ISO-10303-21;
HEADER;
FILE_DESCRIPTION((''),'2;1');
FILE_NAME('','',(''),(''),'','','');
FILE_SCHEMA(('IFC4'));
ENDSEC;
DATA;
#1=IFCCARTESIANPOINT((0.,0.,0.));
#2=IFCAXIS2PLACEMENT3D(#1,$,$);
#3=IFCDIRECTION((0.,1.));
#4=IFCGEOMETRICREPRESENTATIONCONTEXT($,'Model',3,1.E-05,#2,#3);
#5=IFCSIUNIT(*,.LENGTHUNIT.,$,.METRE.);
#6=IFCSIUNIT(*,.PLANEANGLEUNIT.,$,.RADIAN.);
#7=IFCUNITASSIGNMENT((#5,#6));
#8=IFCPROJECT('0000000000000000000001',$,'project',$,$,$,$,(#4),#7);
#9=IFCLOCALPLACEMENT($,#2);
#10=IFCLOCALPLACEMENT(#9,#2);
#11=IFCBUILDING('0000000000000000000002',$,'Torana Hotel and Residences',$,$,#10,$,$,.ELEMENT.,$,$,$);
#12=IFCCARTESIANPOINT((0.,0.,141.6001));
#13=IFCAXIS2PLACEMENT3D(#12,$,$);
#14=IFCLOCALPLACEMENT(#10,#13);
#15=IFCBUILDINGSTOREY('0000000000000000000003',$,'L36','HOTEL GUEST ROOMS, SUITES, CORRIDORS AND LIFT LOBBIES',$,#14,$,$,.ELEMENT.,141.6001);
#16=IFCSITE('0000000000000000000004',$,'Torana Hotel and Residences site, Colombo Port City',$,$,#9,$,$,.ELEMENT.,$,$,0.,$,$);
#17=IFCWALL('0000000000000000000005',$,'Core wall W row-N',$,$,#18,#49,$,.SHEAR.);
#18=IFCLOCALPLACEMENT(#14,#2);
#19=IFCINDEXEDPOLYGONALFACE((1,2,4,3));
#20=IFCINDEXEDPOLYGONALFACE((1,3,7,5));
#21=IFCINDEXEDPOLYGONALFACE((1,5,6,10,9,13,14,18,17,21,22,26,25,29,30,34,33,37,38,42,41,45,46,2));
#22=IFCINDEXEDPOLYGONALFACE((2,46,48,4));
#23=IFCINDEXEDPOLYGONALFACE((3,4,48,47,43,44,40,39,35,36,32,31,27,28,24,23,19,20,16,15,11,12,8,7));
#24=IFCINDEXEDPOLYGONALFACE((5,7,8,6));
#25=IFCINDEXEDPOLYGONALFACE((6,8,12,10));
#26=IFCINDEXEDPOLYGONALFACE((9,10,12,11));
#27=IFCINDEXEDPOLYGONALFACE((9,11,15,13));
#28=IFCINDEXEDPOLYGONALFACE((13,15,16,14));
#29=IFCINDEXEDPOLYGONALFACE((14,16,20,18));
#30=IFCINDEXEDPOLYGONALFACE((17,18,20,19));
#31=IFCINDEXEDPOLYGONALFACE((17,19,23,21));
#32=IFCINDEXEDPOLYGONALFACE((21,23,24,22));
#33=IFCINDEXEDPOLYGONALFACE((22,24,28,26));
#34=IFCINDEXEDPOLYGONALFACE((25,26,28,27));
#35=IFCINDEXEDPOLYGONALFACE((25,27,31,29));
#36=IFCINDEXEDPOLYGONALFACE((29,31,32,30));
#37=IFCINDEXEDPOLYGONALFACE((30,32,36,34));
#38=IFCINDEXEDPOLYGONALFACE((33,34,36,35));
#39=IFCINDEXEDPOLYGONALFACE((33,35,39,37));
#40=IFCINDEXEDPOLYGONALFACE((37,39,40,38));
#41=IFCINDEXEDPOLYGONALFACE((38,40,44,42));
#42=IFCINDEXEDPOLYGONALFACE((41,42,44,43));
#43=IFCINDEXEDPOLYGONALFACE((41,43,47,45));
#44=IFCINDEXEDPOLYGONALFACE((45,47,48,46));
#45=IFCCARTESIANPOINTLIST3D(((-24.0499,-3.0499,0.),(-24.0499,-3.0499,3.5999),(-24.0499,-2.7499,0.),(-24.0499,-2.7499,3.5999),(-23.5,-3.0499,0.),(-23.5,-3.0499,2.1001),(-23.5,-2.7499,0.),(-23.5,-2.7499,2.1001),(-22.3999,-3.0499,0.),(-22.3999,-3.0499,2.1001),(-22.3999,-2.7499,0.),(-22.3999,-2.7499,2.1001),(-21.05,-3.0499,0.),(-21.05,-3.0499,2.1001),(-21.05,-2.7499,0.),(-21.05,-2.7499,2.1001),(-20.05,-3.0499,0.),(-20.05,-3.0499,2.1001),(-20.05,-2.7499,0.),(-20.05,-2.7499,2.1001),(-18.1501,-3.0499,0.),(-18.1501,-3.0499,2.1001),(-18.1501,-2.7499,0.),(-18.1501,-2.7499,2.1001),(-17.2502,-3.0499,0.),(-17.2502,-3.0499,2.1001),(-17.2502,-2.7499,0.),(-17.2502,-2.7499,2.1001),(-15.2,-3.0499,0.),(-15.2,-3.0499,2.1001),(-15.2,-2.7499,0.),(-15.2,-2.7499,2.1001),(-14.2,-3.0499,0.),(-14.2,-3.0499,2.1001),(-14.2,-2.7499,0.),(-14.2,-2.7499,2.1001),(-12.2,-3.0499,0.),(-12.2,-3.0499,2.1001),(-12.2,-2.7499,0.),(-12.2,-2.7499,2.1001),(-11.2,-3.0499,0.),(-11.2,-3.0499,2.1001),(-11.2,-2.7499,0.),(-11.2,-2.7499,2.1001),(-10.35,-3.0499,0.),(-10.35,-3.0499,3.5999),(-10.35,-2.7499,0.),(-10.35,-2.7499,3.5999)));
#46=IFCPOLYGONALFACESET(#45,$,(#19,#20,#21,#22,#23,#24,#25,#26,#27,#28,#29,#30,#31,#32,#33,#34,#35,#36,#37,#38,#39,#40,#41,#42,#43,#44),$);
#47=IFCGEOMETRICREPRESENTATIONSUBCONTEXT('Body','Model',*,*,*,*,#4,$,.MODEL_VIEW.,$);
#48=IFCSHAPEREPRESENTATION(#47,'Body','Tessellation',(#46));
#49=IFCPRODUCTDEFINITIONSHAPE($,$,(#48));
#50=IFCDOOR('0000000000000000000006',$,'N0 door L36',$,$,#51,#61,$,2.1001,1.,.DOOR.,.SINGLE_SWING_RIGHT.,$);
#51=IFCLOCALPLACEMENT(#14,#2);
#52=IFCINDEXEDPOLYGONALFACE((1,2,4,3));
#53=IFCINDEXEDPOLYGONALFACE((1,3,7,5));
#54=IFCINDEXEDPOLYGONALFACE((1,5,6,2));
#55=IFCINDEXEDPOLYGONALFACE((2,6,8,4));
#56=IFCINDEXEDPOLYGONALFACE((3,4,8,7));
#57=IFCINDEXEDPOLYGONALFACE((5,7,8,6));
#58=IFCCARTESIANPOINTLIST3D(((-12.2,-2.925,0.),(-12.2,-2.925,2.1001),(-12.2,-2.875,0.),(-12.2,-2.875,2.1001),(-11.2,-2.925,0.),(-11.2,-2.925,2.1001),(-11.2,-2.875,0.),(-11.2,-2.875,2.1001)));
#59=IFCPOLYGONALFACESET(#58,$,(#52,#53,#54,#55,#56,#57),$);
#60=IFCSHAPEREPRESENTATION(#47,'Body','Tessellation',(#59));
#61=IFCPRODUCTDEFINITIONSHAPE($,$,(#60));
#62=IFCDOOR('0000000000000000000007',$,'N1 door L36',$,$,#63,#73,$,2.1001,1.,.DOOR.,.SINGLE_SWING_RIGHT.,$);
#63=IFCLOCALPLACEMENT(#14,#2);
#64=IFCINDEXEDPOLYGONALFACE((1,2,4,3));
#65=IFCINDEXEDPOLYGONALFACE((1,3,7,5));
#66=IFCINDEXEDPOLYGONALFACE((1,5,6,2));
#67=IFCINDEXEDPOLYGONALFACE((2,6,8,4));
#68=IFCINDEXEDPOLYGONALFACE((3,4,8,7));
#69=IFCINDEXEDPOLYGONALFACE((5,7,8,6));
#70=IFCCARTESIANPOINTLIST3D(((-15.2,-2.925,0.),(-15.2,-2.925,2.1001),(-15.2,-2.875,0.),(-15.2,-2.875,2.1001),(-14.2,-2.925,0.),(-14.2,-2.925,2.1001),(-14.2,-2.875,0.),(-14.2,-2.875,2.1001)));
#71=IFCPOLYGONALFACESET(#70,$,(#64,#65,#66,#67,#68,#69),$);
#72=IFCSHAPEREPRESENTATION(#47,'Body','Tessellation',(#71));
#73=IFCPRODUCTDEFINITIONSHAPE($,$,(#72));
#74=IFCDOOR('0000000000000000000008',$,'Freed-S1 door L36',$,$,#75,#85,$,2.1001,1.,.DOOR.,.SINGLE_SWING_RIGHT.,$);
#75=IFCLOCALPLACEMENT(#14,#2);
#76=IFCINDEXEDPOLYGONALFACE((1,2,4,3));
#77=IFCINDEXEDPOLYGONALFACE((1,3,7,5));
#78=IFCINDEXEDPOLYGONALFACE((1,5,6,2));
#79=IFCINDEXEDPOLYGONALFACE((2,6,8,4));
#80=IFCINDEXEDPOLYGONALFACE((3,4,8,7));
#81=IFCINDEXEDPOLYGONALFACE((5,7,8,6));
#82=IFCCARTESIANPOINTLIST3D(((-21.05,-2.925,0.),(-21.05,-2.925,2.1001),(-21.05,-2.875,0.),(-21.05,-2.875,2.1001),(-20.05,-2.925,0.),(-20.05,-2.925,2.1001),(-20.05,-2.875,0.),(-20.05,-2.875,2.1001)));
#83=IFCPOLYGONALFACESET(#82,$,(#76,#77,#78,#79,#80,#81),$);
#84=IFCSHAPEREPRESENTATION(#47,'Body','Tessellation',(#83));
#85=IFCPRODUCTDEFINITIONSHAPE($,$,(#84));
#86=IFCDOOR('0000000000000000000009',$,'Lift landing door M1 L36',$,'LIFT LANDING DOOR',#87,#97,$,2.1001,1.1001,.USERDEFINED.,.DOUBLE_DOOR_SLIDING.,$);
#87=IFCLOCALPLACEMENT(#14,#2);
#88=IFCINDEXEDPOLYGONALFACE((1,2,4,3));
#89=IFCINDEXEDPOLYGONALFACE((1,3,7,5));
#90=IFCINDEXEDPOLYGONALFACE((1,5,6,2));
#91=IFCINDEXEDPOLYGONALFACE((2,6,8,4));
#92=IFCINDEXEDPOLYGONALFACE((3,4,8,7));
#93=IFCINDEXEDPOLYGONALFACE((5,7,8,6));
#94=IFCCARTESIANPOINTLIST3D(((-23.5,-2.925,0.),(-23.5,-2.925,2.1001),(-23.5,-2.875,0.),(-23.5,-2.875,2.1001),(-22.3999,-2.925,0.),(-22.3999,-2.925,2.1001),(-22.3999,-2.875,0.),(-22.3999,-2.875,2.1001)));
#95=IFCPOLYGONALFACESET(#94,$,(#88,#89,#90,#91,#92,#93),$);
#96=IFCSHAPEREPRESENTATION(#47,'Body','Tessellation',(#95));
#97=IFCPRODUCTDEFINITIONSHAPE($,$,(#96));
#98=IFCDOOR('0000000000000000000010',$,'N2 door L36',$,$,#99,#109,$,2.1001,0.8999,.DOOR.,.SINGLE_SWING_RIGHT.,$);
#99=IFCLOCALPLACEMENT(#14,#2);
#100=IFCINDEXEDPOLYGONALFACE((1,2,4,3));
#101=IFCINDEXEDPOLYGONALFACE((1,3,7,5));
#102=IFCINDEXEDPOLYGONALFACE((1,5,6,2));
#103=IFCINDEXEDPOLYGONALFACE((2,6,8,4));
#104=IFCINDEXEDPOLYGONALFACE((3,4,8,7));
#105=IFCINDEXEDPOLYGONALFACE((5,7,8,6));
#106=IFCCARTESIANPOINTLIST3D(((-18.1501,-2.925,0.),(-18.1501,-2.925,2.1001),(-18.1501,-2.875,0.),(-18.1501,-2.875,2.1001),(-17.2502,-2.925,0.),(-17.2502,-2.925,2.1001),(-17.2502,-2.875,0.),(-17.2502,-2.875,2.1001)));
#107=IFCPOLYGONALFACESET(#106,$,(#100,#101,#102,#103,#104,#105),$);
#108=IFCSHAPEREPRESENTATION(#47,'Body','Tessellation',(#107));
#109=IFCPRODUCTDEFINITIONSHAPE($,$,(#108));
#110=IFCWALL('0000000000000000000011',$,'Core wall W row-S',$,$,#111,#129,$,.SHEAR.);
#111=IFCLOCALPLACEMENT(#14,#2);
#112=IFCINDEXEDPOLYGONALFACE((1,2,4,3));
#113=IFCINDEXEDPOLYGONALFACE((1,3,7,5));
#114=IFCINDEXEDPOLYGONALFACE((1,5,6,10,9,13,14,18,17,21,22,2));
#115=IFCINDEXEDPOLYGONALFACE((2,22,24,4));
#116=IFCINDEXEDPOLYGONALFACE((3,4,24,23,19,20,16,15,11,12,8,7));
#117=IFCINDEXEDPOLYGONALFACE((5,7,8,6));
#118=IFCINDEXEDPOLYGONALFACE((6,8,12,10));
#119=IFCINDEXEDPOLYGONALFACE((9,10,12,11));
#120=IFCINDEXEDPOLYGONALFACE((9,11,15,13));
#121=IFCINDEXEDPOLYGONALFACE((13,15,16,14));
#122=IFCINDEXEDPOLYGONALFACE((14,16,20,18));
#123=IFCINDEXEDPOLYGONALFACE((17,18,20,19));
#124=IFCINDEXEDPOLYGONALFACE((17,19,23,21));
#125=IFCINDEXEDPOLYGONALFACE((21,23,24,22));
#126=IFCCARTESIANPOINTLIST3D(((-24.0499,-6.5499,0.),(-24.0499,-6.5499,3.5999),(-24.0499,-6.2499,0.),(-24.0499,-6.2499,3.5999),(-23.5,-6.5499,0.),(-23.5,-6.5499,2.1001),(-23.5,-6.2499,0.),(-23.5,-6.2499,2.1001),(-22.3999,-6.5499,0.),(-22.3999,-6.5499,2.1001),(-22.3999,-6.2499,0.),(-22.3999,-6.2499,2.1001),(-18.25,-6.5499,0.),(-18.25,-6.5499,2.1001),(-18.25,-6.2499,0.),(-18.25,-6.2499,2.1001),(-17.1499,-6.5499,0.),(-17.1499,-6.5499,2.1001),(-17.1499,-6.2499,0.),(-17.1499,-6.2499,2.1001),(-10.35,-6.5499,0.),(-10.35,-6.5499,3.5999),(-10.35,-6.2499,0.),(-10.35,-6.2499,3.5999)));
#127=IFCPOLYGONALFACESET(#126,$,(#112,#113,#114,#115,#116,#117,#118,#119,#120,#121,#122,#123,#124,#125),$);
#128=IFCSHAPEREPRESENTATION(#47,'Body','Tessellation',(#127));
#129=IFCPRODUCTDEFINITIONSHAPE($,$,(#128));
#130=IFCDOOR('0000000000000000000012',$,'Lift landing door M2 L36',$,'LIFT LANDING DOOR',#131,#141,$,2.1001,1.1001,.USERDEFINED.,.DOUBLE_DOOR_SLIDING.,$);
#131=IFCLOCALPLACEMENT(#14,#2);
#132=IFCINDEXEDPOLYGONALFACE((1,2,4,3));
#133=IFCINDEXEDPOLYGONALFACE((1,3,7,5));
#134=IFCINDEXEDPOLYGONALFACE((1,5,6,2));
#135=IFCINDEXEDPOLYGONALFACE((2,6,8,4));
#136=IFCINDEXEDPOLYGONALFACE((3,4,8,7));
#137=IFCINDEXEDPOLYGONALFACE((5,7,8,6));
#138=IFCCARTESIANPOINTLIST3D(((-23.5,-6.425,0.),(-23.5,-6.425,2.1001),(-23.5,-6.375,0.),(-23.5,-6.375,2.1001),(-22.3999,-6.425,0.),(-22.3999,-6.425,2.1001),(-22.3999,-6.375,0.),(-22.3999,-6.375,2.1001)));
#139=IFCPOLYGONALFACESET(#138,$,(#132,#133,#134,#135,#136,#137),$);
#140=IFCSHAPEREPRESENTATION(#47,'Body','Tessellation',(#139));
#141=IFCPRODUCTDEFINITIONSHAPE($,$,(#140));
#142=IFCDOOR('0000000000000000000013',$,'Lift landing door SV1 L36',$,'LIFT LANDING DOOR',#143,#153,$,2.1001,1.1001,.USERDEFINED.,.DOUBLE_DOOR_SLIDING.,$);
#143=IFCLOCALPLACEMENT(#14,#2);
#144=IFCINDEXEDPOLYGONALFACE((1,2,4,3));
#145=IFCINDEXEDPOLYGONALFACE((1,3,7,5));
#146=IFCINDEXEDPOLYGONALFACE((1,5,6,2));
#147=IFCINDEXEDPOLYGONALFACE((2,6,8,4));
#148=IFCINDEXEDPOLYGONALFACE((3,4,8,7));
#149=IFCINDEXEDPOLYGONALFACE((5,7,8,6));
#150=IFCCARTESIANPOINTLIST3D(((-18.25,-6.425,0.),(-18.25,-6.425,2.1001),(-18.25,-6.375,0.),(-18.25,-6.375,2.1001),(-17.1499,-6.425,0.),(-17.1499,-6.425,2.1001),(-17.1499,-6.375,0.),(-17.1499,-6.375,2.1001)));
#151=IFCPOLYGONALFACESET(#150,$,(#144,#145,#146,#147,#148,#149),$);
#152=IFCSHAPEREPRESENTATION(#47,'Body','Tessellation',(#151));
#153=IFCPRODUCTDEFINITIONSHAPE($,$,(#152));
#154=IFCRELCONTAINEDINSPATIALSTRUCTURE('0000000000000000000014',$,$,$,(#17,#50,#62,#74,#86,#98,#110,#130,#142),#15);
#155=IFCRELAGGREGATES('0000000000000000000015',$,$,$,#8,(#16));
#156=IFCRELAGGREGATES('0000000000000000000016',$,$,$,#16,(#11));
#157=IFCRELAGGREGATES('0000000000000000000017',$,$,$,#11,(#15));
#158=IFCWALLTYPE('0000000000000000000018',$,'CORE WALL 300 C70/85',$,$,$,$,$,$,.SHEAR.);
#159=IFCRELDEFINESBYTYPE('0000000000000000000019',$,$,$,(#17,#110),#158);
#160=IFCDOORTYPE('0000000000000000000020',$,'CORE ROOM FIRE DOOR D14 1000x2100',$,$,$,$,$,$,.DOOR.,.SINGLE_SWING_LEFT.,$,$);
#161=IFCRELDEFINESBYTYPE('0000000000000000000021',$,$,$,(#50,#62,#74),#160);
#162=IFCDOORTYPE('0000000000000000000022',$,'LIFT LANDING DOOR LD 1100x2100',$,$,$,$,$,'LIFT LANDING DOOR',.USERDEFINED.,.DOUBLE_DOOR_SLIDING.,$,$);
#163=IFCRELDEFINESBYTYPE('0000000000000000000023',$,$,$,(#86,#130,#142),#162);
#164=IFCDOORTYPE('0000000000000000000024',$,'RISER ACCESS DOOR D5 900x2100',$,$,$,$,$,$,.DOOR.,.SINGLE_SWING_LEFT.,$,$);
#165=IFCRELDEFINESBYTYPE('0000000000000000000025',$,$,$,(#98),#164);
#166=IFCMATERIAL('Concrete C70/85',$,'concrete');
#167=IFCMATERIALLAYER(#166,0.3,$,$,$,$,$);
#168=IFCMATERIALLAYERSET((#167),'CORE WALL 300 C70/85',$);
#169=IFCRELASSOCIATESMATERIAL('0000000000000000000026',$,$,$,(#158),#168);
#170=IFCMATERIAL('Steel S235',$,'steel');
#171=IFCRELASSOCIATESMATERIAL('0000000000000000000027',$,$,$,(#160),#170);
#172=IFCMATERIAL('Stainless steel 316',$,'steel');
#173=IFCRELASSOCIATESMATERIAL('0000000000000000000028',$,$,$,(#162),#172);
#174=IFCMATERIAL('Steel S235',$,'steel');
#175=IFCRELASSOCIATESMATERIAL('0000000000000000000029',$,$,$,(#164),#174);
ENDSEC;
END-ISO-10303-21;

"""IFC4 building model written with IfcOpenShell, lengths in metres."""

from ifc_helpers import new_model, si_unit, direction, frame, frame_2d, origin, place, context, subcontext, project, spatial, rectangle, extrude, material, layer, layer_set, type_object, element, fill, save


model = new_model("IFC4")

# Units and contexts
model_context = context("Model", 3, precision=1e-05, world=origin(), true_north=direction((0.0, 1.0)))
body_context = subcontext(model_context, "Body", "Model", "MODEL_VIEW")
ifc_project = project(units=[si_unit("LENGTHUNIT", "METRE"), si_unit("PLANEANGLEUNIT", "RADIAN")], contexts=[model_context])

# Site, building, storey
site_placement = place(None, origin())
site = spatial("IfcSite", under=ifc_project, at=site_placement, Name="Torana Hotel and Residences site, Colombo Port City", CompositionType="ELEMENT", RefElevation=0.0)
building_placement = place(site_placement, origin())
building = spatial("IfcBuilding", under=site, at=building_placement, Name="Torana Hotel and Residences", CompositionType="ELEMENT")
storey_placement = place(building_placement, frame((0.0, 0.0, 141.6001)))
storey = spatial("IfcBuildingStorey", under=building, at=storey_placement, Name="L36", Description="HOTEL GUEST ROOMS, SUITES, CORRIDORS AND LIFT LOBBIES", CompositionType="ELEMENT", Elevation=141.6001)

# Walls, openings, doors
ifc_material_1 = material(Name="Concrete C70/85", Category="concrete")
ifc_layer_1 = layer(ifc_material_1, 0.3)
ifc_layer_set_1 = layer_set([ifc_layer_1], Name="CORE WALL 300 C70/85")
wall_type_1 = type_object("IfcWallType", Name="CORE WALL 300 C70/85", PredefinedType="SHEAR", material=ifc_layer_set_1)
wall_1_placement = place(storey_placement, frame((-24.05, -2.8999, 0.0), z_axis=(0.0, 0.0, 1.0), x_axis=(1.0, 0.0, 0.0)))
wall_1 = element("IfcWall", 1, at=wall_1_placement, inside=storey, type_object=wall_type_1, Name="Core wall W row-N", PredefinedType="SHEAR", context=body_context, shape_type="SweptSolid", body=[
    extrude(rectangle(XDim=13.7, YDim=0.3, at=frame_2d((6.8501, 0.0))), origin(), (0.0, 0.0, 1.0), 3.5999),
])
opening_1_placement = place(wall_1_placement, frame((0.55, 0.0, 0.0)))
opening_1 = element("IfcOpeningElement", 2, at=opening_1_placement, cuts=wall_1, PredefinedType="OPENING", context=body_context, shape_type="SweptSolid", body=[
    extrude(rectangle(XDim=1.1001, YDim=2.1001, at=frame_2d((0.55, 1.05))), frame((0.0, 0.1599, 0.0), z_axis=(0.0, -1.0, 0.0), x_axis=(1.0, 0.0, 0.0)), (0.0, 0.0, 1.0), 0.3201),
])
opening_2_placement = place(wall_1_placement, frame((5.8999, 0.0, 0.0)))
opening_2 = element("IfcOpeningElement", 3, at=opening_2_placement, cuts=wall_1, PredefinedType="OPENING", context=body_context, shape_type="SweptSolid", body=[
    extrude(rectangle(XDim=0.8999, YDim=2.1001, at=frame_2d((0.45, 1.05))), frame((0.0, 0.1599, 0.0), z_axis=(0.0, -1.0, 0.0), x_axis=(1.0, 0.0, 0.0)), (0.0, 0.0, 1.0), 0.3201),
])
opening_3_placement = place(wall_1_placement, frame((11.8501, 0.0, 0.0)))
opening_3 = element("IfcOpeningElement", 4, at=opening_3_placement, cuts=wall_1, PredefinedType="OPENING", context=body_context, shape_type="SweptSolid", body=[
    extrude(rectangle(XDim=1.0, YDim=2.1001, at=frame_2d((0.5, 1.05))), frame((0.0, 0.1599, 0.0), z_axis=(0.0, -1.0, 0.0), x_axis=(1.0, 0.0, 0.0)), (0.0, 0.0, 1.0), 0.3201),
])
opening_4_placement = place(wall_1_placement, frame((8.8501, 0.0, 0.0)))
opening_4 = element("IfcOpeningElement", 5, at=opening_4_placement, cuts=wall_1, PredefinedType="OPENING", context=body_context, shape_type="SweptSolid", body=[
    extrude(rectangle(XDim=1.0, YDim=2.1001, at=frame_2d((0.5, 1.05))), frame((0.0, 0.1599, 0.0), z_axis=(0.0, -1.0, 0.0), x_axis=(1.0, 0.0, 0.0)), (0.0, 0.0, 1.0), 0.3201),
])
opening_5_placement = place(wall_1_placement, frame((3.0, 0.0, 0.0)))
opening_5 = element("IfcOpeningElement", 6, at=opening_5_placement, cuts=wall_1, PredefinedType="OPENING", context=body_context, shape_type="SweptSolid", body=[
    extrude(rectangle(XDim=1.0, YDim=2.1001, at=frame_2d((0.5, 1.05))), frame((0.0, 0.1599, 0.0), z_axis=(0.0, -1.0, 0.0), x_axis=(1.0, 0.0, 0.0)), (0.0, 0.0, 1.0), 0.3201),
])
ifc_material_2 = material(Name="Steel S235", Category="steel")
door_type_1 = type_object("IfcDoorType", Name="CORE ROOM FIRE DOOR D14 1000x2100", OperationType="SINGLE_SWING_LEFT", PredefinedType="DOOR", material=ifc_material_2)
door_1_placement = place(opening_3_placement, origin())
door_1 = element("IfcDoor", 7, at=door_1_placement, inside=storey, type_object=door_type_1, Name="N0 door L36", OperationType="SINGLE_SWING_RIGHT", OverallHeight=2.1001, OverallWidth=1.0, PredefinedType="DOOR", context=body_context, shape_type="SweptSolid", body=[
    extrude(rectangle(XDim=1.0, YDim=2.1001, at=frame_2d((0.5, 1.05))), frame((0.0, 0.0249, 0.0), z_axis=(0.0, -1.0, 0.0), x_axis=(1.0, 0.0, 0.0)), (0.0, 0.0, 1.0), 0.05),
])
fill(opening_3, door_1)
door_2_placement = place(opening_4_placement, origin())
door_2 = element("IfcDoor", 8, at=door_2_placement, inside=storey, type_object=door_type_1, Name="N1 door L36", OperationType="SINGLE_SWING_RIGHT", OverallHeight=2.1001, OverallWidth=1.0, PredefinedType="DOOR", context=body_context, shape_type="SweptSolid", body=[
    extrude(rectangle(XDim=1.0, YDim=2.1001, at=frame_2d((0.5, 1.05))), frame((0.0, 0.0249, 0.0), z_axis=(0.0, -1.0, 0.0), x_axis=(1.0, 0.0, 0.0)), (0.0, 0.0, 1.0), 0.05),
])
fill(opening_4, door_2)
door_3_placement = place(opening_5_placement, origin())
door_3 = element("IfcDoor", 9, at=door_3_placement, inside=storey, type_object=door_type_1, Name="Freed-S1 door L36", OperationType="SINGLE_SWING_RIGHT", OverallHeight=2.1001, OverallWidth=1.0, PredefinedType="DOOR", context=body_context, shape_type="SweptSolid", body=[
    extrude(rectangle(XDim=1.0, YDim=2.1001, at=frame_2d((0.5, 1.05))), frame((0.0, 0.0249, 0.0), z_axis=(0.0, -1.0, 0.0), x_axis=(1.0, 0.0, 0.0)), (0.0, 0.0, 1.0), 0.05),
])
fill(opening_5, door_3)
ifc_material_3 = material(Name="Stainless steel 316", Category="steel")
door_type_2 = type_object("IfcDoorType", Name="LIFT LANDING DOOR LD 1100x2100", ElementType="LIFT LANDING DOOR", OperationType="DOUBLE_DOOR_SLIDING", PredefinedType="USERDEFINED", material=ifc_material_3)
door_4_placement = place(opening_1_placement, origin())
door_4 = element("IfcDoor", 10, at=door_4_placement, inside=storey, type_object=door_type_2, Name="Lift landing door M1 L36", ObjectType="LIFT LANDING DOOR", OperationType="DOUBLE_DOOR_SLIDING", OverallHeight=2.1001, OverallWidth=1.1001, PredefinedType="USERDEFINED", context=body_context, shape_type="SweptSolid", body=[
    extrude(rectangle(XDim=1.1001, YDim=2.1001, at=frame_2d((0.55, 1.05))), frame((0.0, 0.0249, 0.0), z_axis=(0.0, -1.0, 0.0), x_axis=(1.0, 0.0, 0.0)), (0.0, 0.0, 1.0), 0.05),
])
fill(opening_1, door_4)
ifc_material_4 = material(Name="Steel S235", Category="steel")
door_type_3 = type_object("IfcDoorType", Name="RISER ACCESS DOOR D5 900x2100", OperationType="SINGLE_SWING_LEFT", PredefinedType="DOOR", material=ifc_material_4)
door_5_placement = place(opening_2_placement, origin())
door_5 = element("IfcDoor", 11, at=door_5_placement, inside=storey, type_object=door_type_3, Name="N2 door L36", OperationType="SINGLE_SWING_RIGHT", OverallHeight=2.1001, OverallWidth=0.8999, PredefinedType="DOOR", context=body_context, shape_type="SweptSolid", body=[
    extrude(rectangle(XDim=0.8999, YDim=2.1001, at=frame_2d((0.45, 1.05))), frame((0.0, 0.0249, 0.0), z_axis=(0.0, -1.0, 0.0), x_axis=(1.0, 0.0, 0.0)), (0.0, 0.0, 1.0), 0.05),
])
fill(opening_2, door_5)
wall_2_placement = place(storey_placement, frame((-24.05, -6.3999, 0.0), z_axis=(0.0, 0.0, 1.0), x_axis=(1.0, 0.0, 0.0)))
wall_2 = element("IfcWall", 12, at=wall_2_placement, inside=storey, type_object=wall_type_1, Name="Core wall W row-S", PredefinedType="SHEAR", context=body_context, shape_type="SweptSolid", body=[
    extrude(rectangle(XDim=13.7, YDim=0.3, at=frame_2d((6.8501, 0.0))), origin(), (0.0, 0.0, 1.0), 3.5999),
])
opening_6_placement = place(wall_2_placement, frame((0.55, 0.0, 0.0)))
opening_6 = element("IfcOpeningElement", 13, at=opening_6_placement, cuts=wall_2, PredefinedType="OPENING", context=body_context, shape_type="SweptSolid", body=[
    extrude(rectangle(XDim=1.1001, YDim=2.1001, at=frame_2d((0.55, 1.05))), frame((0.0, 0.1599, 0.0), z_axis=(0.0, -1.0, 0.0), x_axis=(1.0, 0.0, 0.0)), (0.0, 0.0, 1.0), 0.3201),
])
opening_7_placement = place(wall_2_placement, frame((5.8, 0.0, 0.0)))
opening_7 = element("IfcOpeningElement", 14, at=opening_7_placement, cuts=wall_2, PredefinedType="OPENING", context=body_context, shape_type="SweptSolid", body=[
    extrude(rectangle(XDim=1.1001, YDim=2.1001, at=frame_2d((0.55, 1.05))), frame((0.0, 0.1599, 0.0), z_axis=(0.0, -1.0, 0.0), x_axis=(1.0, 0.0, 0.0)), (0.0, 0.0, 1.0), 0.3201),
])
door_6_placement = place(opening_6_placement, origin())
door_6 = element("IfcDoor", 15, at=door_6_placement, inside=storey, type_object=door_type_2, Name="Lift landing door M2 L36", ObjectType="LIFT LANDING DOOR", OperationType="DOUBLE_DOOR_SLIDING", OverallHeight=2.1001, OverallWidth=1.1001, PredefinedType="USERDEFINED", context=body_context, shape_type="SweptSolid", body=[
    extrude(rectangle(XDim=1.1001, YDim=2.1001, at=frame_2d((0.55, 1.05))), frame((0.0, 0.0249, 0.0), z_axis=(0.0, -1.0, 0.0), x_axis=(1.0, 0.0, 0.0)), (0.0, 0.0, 1.0), 0.05),
])
fill(opening_6, door_6)
door_7_placement = place(opening_7_placement, origin())
door_7 = element("IfcDoor", 16, at=door_7_placement, inside=storey, type_object=door_type_2, Name="Lift landing door SV1 L36", ObjectType="LIFT LANDING DOOR", OperationType="DOUBLE_DOOR_SLIDING", OverallHeight=2.1001, OverallWidth=1.1001, PredefinedType="USERDEFINED", context=body_context, shape_type="SweptSolid", body=[
    extrude(rectangle(XDim=1.1001, YDim=2.1001, at=frame_2d((0.55, 1.05))), frame((0.0, 0.0249, 0.0), z_axis=(0.0, -1.0, 0.0), x_axis=(1.0, 0.0, 0.0)), (0.0, 0.0, 1.0), 0.05),
])
fill(opening_7, door_7)

save(model, "model.ifc")
